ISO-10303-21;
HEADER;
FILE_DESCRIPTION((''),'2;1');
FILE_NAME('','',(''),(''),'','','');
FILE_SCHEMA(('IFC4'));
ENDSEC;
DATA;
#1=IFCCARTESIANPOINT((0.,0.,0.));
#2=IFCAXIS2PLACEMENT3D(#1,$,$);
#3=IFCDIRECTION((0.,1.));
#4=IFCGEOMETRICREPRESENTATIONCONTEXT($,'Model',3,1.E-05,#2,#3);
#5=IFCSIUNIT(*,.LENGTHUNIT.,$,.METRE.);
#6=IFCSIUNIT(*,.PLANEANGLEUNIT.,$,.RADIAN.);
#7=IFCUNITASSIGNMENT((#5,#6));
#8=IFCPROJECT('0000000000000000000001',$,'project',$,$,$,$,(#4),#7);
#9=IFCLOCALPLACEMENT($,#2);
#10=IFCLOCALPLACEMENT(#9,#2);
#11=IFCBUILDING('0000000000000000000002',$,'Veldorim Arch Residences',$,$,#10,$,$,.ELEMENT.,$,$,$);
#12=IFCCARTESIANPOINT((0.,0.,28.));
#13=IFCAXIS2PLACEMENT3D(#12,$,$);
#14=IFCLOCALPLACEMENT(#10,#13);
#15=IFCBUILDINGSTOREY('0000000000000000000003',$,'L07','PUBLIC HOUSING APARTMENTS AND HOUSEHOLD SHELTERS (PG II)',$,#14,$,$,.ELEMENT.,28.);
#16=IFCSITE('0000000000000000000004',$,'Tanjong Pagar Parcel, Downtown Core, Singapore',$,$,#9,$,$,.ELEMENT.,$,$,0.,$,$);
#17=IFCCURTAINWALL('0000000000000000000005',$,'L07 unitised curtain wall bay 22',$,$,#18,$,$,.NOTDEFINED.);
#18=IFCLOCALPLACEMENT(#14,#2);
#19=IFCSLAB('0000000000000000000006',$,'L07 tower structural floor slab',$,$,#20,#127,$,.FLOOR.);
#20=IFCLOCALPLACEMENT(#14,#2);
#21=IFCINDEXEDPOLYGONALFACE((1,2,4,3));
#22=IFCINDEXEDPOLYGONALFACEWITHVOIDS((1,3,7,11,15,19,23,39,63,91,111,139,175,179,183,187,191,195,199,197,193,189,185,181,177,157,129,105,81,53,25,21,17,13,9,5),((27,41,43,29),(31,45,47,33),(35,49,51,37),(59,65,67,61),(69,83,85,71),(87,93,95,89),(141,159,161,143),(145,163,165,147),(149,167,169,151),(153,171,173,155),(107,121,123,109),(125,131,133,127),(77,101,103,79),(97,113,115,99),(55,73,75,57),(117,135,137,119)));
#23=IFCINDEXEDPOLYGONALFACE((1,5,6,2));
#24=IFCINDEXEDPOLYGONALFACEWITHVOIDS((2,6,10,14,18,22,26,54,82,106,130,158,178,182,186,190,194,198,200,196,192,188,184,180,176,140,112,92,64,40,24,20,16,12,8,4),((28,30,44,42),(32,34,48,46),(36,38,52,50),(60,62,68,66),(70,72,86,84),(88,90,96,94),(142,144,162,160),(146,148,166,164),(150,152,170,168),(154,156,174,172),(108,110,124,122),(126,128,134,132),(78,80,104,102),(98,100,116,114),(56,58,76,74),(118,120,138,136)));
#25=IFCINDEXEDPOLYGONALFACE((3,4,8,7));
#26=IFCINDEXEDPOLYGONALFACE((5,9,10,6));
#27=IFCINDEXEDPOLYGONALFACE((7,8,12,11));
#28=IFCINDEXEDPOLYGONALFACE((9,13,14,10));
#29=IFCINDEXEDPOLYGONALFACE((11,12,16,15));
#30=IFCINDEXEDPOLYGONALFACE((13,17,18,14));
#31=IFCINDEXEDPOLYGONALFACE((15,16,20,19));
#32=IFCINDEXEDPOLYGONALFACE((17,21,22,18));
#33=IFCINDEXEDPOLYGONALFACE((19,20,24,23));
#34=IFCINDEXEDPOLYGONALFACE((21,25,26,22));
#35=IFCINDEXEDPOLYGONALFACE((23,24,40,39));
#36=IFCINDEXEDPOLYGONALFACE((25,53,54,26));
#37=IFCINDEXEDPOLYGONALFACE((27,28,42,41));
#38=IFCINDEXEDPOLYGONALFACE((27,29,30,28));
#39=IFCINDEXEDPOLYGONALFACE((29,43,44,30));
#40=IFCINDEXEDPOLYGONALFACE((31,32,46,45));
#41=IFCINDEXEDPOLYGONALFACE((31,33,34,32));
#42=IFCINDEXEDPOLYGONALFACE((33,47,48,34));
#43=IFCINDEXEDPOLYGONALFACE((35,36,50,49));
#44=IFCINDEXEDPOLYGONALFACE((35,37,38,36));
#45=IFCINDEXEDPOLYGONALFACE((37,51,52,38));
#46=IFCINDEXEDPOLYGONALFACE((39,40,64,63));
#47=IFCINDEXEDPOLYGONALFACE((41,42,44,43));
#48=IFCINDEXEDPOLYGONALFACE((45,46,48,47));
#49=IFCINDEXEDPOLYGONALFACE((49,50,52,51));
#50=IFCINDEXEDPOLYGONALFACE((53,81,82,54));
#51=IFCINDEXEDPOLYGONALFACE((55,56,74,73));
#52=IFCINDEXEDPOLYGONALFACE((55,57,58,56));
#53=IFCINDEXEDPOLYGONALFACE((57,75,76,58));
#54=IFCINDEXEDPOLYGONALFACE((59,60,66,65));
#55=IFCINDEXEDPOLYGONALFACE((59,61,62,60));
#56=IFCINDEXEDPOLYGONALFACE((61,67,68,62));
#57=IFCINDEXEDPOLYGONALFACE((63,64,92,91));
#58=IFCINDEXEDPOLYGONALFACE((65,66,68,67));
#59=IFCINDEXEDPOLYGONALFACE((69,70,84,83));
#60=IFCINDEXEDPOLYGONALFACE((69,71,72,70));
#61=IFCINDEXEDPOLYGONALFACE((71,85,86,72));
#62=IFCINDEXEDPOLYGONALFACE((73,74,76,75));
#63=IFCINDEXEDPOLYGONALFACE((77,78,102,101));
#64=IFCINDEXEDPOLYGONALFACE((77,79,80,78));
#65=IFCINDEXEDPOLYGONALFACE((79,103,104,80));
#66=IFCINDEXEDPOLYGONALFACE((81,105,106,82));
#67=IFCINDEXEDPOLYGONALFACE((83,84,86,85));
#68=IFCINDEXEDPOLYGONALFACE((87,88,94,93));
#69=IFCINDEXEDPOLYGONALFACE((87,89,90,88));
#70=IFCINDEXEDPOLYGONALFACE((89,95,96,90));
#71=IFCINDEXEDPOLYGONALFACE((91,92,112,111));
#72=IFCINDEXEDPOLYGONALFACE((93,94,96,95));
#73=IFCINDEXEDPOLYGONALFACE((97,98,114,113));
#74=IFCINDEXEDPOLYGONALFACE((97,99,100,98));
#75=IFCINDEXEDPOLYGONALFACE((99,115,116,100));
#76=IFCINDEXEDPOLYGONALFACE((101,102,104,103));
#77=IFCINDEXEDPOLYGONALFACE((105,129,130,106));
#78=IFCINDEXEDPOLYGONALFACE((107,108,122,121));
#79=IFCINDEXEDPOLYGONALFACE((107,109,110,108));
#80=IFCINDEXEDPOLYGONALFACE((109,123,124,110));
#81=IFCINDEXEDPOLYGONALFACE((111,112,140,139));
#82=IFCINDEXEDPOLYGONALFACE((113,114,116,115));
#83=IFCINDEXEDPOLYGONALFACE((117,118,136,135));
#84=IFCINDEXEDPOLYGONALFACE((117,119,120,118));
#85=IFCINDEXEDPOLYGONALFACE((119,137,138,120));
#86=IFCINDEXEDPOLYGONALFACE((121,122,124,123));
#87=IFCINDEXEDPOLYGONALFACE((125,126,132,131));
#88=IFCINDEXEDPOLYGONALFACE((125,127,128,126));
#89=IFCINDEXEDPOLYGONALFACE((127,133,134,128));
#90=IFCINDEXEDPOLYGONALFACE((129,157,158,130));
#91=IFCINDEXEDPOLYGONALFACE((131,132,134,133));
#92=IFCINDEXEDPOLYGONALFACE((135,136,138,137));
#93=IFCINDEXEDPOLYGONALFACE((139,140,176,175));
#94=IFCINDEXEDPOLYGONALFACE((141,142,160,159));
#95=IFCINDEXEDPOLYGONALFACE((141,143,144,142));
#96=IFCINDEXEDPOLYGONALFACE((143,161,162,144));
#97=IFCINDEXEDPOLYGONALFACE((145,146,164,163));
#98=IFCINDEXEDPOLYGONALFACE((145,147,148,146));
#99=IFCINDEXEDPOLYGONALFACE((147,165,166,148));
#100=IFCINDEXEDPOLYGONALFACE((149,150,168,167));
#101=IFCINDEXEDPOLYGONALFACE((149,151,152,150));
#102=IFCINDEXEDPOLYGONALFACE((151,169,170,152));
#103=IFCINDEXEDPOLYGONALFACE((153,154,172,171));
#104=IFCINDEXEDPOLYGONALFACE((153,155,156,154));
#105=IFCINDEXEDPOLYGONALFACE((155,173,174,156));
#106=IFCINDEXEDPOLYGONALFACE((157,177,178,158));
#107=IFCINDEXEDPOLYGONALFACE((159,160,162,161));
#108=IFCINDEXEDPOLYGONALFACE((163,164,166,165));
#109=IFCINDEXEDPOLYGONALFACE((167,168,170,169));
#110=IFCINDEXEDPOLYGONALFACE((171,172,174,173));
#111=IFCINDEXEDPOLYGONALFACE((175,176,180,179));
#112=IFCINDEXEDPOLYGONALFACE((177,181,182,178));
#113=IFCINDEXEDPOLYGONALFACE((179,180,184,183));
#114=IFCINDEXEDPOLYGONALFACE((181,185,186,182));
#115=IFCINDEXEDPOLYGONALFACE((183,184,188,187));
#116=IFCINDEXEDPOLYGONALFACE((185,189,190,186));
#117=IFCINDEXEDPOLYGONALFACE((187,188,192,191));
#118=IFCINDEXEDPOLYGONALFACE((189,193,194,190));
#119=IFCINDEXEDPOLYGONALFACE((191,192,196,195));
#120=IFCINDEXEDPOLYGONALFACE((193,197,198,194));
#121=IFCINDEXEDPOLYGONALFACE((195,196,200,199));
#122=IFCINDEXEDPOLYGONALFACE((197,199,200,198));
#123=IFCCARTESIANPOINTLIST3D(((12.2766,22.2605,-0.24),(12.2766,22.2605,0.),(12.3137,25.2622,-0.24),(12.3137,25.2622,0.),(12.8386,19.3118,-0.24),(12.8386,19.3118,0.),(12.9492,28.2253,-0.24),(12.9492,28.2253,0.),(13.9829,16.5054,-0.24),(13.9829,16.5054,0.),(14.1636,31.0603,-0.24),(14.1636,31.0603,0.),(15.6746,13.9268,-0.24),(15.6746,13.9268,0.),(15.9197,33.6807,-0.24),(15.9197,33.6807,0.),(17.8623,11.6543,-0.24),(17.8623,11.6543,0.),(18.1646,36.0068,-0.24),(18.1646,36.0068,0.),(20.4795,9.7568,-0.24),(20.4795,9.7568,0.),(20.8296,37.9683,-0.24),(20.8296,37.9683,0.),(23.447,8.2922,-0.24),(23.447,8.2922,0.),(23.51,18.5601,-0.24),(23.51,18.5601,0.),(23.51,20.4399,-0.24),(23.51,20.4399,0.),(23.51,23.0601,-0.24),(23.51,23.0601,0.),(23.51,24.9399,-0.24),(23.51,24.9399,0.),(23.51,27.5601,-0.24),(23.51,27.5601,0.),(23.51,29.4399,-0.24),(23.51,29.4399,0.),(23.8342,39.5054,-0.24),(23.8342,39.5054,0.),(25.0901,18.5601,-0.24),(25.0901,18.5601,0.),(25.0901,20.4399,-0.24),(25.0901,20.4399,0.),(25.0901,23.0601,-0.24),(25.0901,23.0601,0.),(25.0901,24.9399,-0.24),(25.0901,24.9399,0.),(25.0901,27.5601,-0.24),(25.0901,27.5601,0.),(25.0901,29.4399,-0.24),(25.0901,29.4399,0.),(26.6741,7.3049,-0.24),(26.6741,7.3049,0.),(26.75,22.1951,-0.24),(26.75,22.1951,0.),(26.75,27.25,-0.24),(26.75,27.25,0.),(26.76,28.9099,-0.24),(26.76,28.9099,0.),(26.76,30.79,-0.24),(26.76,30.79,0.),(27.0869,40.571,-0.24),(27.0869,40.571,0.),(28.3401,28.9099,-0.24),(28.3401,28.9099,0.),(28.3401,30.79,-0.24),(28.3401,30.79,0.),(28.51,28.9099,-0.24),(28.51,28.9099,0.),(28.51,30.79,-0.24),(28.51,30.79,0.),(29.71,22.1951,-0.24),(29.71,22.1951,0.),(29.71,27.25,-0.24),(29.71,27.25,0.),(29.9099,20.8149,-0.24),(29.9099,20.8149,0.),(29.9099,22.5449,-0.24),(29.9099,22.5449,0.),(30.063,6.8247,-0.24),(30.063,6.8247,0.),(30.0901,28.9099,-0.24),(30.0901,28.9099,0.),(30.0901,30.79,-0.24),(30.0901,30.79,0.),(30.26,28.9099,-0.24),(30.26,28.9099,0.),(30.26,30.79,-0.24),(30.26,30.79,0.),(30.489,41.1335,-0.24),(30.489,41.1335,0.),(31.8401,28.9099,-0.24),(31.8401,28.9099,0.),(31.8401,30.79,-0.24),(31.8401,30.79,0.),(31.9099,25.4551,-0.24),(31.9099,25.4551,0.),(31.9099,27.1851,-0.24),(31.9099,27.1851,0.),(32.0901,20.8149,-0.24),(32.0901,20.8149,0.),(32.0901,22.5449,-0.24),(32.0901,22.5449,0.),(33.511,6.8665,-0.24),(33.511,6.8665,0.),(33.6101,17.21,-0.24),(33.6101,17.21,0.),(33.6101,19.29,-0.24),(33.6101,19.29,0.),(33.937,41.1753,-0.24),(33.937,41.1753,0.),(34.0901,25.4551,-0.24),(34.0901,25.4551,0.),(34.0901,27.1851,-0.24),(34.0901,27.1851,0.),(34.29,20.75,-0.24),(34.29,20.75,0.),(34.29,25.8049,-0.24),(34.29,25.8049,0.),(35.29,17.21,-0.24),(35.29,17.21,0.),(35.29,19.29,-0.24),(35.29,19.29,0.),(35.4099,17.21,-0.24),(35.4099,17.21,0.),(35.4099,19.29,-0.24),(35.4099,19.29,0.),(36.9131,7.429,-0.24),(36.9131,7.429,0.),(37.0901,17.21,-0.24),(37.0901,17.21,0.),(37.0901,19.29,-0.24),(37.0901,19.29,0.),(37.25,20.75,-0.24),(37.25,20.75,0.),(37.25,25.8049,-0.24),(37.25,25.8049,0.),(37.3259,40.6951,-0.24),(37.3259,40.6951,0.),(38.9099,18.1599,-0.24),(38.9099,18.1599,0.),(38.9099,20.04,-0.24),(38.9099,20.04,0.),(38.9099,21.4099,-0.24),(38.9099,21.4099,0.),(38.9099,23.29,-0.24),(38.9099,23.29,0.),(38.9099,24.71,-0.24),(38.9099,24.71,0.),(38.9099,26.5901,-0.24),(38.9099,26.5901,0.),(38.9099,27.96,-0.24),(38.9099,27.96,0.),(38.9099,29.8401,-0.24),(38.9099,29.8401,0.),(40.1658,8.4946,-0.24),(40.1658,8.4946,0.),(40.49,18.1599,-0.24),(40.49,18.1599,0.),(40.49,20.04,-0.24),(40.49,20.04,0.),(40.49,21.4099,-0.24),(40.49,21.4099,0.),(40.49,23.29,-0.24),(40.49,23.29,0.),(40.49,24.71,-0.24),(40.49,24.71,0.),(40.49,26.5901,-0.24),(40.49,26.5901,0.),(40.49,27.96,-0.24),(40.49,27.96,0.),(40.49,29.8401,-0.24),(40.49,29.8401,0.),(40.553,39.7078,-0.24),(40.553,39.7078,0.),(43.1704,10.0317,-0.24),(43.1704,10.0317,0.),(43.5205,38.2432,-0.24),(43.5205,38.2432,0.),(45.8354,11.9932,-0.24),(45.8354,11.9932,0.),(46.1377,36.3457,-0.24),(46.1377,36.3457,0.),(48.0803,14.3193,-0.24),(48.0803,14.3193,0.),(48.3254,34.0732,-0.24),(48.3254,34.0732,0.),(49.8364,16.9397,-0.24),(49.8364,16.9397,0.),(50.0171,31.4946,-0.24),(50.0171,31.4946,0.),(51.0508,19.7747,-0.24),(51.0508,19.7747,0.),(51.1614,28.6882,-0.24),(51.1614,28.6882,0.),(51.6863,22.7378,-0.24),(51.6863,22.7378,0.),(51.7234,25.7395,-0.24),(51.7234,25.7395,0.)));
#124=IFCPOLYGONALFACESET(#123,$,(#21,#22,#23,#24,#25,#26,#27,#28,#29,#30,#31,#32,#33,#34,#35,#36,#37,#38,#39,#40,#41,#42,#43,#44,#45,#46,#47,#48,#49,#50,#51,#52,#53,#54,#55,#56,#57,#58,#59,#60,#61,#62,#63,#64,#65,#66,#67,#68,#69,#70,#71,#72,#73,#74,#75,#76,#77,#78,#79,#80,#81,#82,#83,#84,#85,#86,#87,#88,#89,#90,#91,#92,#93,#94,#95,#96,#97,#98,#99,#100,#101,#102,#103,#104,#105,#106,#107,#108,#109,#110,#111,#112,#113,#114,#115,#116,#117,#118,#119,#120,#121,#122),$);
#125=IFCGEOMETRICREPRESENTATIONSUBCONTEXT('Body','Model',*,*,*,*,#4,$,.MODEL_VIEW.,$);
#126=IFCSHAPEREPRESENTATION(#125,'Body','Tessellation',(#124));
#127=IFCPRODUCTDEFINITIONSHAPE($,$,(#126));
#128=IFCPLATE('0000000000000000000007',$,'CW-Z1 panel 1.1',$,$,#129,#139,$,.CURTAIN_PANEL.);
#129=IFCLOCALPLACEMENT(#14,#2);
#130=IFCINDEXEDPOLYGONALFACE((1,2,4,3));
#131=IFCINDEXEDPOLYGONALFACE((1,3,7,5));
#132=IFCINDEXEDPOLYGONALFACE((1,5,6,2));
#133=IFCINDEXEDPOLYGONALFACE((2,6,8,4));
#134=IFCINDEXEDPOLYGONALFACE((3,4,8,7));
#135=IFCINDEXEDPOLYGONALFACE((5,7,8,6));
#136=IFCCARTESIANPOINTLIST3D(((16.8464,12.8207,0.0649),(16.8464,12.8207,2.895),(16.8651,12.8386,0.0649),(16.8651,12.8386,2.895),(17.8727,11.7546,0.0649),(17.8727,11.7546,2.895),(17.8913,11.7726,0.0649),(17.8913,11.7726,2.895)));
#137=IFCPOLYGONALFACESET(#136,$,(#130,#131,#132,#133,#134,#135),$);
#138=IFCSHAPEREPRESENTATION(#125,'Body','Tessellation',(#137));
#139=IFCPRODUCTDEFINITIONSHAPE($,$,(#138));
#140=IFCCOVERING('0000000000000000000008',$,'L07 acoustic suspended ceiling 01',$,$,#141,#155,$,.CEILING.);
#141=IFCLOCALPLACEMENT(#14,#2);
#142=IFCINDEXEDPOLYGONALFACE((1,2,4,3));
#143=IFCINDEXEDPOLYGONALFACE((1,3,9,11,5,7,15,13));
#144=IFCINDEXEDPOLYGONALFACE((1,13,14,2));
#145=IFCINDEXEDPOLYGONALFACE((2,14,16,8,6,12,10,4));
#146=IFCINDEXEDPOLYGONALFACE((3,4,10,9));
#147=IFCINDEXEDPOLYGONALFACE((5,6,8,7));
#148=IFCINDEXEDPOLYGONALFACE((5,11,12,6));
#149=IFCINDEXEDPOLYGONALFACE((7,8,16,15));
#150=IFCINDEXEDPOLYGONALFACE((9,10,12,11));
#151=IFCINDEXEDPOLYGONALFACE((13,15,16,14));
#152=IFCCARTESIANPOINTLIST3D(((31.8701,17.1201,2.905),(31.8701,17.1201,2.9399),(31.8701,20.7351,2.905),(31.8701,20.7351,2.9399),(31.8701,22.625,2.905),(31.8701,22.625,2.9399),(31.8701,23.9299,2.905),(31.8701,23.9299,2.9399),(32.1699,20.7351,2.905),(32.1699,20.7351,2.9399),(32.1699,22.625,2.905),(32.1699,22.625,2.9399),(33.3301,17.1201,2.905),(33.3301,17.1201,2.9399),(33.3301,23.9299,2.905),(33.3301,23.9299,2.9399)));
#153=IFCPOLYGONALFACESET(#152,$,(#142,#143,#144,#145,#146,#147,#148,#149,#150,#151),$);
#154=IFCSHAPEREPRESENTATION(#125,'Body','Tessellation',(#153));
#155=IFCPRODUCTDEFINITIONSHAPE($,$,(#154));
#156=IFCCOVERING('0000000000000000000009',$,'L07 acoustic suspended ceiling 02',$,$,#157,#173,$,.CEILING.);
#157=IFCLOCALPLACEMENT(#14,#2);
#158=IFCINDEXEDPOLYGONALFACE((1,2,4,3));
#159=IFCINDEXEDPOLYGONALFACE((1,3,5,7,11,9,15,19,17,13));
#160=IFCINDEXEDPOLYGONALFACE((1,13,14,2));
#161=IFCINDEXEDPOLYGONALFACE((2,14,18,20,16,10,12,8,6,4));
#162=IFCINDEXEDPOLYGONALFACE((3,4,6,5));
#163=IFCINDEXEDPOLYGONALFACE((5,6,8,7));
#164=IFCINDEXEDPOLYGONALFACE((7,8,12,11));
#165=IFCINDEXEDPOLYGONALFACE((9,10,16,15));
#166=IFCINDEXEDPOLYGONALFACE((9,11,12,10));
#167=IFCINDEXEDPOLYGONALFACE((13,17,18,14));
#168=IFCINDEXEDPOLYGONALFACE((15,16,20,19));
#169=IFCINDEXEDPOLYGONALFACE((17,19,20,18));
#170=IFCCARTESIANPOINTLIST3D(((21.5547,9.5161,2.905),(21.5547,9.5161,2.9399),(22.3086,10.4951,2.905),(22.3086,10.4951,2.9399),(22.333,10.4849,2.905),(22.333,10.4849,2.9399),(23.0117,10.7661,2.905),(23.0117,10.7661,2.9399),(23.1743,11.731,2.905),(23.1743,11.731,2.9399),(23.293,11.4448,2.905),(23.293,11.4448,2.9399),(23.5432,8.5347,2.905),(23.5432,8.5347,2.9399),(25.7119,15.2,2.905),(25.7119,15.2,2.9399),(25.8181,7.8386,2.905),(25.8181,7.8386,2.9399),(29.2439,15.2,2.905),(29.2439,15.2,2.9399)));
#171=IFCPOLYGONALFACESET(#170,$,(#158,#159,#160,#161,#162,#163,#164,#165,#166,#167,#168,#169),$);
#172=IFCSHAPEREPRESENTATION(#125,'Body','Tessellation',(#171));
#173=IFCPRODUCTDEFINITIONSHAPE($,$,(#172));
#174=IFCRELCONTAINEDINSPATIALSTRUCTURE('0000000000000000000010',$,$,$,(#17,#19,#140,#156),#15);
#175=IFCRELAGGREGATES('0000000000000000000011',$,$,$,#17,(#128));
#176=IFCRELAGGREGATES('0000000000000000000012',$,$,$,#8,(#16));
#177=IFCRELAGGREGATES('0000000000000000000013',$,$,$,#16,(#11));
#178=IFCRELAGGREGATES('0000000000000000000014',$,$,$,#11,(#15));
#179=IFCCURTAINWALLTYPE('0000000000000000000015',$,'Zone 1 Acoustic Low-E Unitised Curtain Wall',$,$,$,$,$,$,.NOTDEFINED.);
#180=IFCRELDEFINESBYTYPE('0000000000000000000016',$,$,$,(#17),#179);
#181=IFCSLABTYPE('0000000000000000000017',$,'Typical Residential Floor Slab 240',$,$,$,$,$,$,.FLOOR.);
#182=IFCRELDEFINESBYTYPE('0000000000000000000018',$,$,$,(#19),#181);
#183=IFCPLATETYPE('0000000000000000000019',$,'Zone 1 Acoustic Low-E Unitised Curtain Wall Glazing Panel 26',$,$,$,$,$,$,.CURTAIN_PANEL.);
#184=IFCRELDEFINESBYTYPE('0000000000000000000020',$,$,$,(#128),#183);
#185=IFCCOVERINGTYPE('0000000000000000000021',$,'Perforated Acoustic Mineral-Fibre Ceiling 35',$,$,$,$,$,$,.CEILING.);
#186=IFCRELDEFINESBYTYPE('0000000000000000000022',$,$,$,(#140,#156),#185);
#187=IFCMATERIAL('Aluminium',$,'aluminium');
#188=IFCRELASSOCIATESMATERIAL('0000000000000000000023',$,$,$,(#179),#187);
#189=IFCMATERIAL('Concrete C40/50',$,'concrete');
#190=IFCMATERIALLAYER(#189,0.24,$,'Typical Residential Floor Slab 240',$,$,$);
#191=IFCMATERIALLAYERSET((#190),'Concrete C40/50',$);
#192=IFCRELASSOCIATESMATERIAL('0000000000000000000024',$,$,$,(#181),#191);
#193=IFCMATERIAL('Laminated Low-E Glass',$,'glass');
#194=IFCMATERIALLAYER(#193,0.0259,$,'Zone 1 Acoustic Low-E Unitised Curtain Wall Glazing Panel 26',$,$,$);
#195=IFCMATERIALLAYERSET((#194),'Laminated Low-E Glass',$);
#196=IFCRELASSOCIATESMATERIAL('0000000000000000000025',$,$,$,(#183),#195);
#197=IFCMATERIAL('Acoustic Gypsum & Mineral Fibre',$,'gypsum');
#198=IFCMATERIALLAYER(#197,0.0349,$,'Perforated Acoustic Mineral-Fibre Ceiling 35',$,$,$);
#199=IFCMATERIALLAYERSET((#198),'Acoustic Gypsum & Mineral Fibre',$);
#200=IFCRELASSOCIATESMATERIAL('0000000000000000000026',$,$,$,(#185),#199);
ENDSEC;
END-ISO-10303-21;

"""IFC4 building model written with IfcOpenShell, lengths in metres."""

from ifc_helpers import new_model, si_unit, direction, frame, origin, origin_2d, place, context, subcontext, project, spatial, polyline, rectangle, outline, extrude, material, layer, layer_set, type_object, element, aggregate, save


model = new_model("IFC4")

# Units and contexts
model_context = context("Model", 3, precision=1e-05, world=origin(), true_north=direction((0.0, 1.0)))
body_context = subcontext(model_context, "Body", "Model", "MODEL_VIEW")
ifc_project = project(units=[si_unit("LENGTHUNIT", "METRE"), si_unit("PLANEANGLEUNIT", "RADIAN")], contexts=[model_context])

# Site, building, storey
site_placement = place(None, origin())
site = spatial("IfcSite", under=ifc_project, at=site_placement, Name="Tanjong Pagar Parcel, Downtown Core, Singapore", CompositionType="ELEMENT", RefElevation=0.0)
building_placement = place(site_placement, origin())
building = spatial("IfcBuilding", under=site, at=building_placement, Name="Veldorim Arch Residences", CompositionType="ELEMENT")
storey_placement = place(building_placement, frame((0.0, 0.0, 28.0)))
storey = spatial("IfcBuildingStorey", under=building, at=storey_placement, Name="L07", Description="PUBLIC HOUSING APARTMENTS AND HOUSEHOLD SHELTERS (PG II)", CompositionType="ELEMENT", Elevation=28.0)

# Curtain wall
ifc_material_1 = material(Name="Aluminium", Category="aluminium")
curtain_wall_type = type_object("IfcCurtainWallType", Name="Zone 1 Acoustic Low-E Unitised Curtain Wall", PredefinedType="NOTDEFINED", material=ifc_material_1)
curtain_wall_placement = place(storey_placement, origin())
curtain_wall = element("IfcCurtainWall", 1, at=curtain_wall_placement, inside=storey, type_object=curtain_wall_type, Name="L07 unitised curtain wall bay 22", PredefinedType="NOTDEFINED")

# Slab
ifc_material_2 = material(Name="Concrete C40/50", Category="concrete")
ifc_layer_1 = layer(ifc_material_2, 0.24, Name="Typical Residential Floor Slab 240")
ifc_layer_set_1 = layer_set([ifc_layer_1], Name="Concrete C40/50")
slab_type_1 = type_object("IfcSlabType", Name="Typical Residential Floor Slab 240", PredefinedType="FLOOR", material=ifc_layer_set_1)
slab_1_placement = place(storey_placement, frame((0.0, 0.0, -0.24)))
element("IfcSlab", 2, at=slab_1_placement, inside=storey, type_object=slab_type_1, Name="L07 tower structural floor slab", PredefinedType="FLOOR", context=body_context, shape_type="SweptSolid", body=[
    extrude(outline(polyline([(51.7234, 25.7395), (51.1614, 28.6882), (50.0171, 31.4946), (48.3254, 34.0732), (46.1377, 36.3457), (43.5205, 38.2432), (40.553, 39.7078), (37.3259, 40.6951), (33.937, 41.1753), (30.489, 41.1335), (27.0869, 40.571), (23.8342, 39.5054), (20.8296, 37.9683), (18.1646, 36.0068), (15.9197, 33.6807), (14.1636, 31.0603), (12.9492, 28.2253), (12.3137, 25.2622), (12.2766, 22.2605), (12.8386, 19.3118), (13.9829, 16.5054), (15.6746, 13.9268), (17.8623, 11.6543), (20.4795, 9.7568), (23.447, 8.2922), (26.6741, 7.3049), (30.063, 6.8247), (33.511, 6.8665), (36.9131, 7.429), (40.1658, 8.4946), (43.1704, 10.0317), (45.8354, 11.9932), (48.0803, 14.3193), (49.8364, 16.9397), (51.0508, 19.7747), (51.6863, 22.7378), (51.7234, 25.7395)]), holes=[polyline([(23.51, 20.4399), (25.0901, 20.4399), (25.0901, 18.5601), (23.51, 18.5601), (23.51, 20.4399)]), polyline([(29.9099, 22.5449), (32.0901, 22.5449), (32.0901, 20.8149), (29.9099, 20.8149), (29.9099, 22.5449)]), polyline([(23.51, 24.9399), (25.0901, 24.9399), (25.0901, 23.0601), (23.51, 23.0601), (23.51, 24.9399)]), polyline([(26.75, 27.25), (29.71, 27.25), (29.71, 22.1951), (26.75, 22.1951), (26.75, 27.25)]), polyline([(23.51, 29.4399), (25.0901, 29.4399), (25.0901, 27.5601), (23.51, 27.5601), (23.51, 29.4399)]), polyline([(26.76, 30.79), (28.3401, 30.79), (28.3401, 28.9099), (26.76, 28.9099), (26.76, 30.79)]), polyline([(28.51, 30.79), (30.0901, 30.79), (30.0901, 28.9099), (28.51, 28.9099), (28.51, 30.79)]), polyline([(30.26, 30.79), (31.8401, 30.79), (31.8401, 28.9099), (30.26, 28.9099), (30.26, 30.79)]), polyline([(33.6101, 19.29), (35.29, 19.29), (35.29, 17.21), (33.6101, 17.21), (33.6101, 19.29)]), polyline([(35.4099, 19.29), (37.0901, 19.29), (37.0901, 17.21), (35.4099, 17.21), (35.4099, 19.29)]), polyline([(38.9099, 20.04), (40.49, 20.04), (40.49, 18.1599), (38.9099, 18.1599), (38.9099, 20.04)]), polyline([(38.9099, 23.29), (40.49, 23.29), (40.49, 21.4099), (38.9099, 21.4099), (38.9099, 23.29)]), polyline([(34.29, 25.8049), (37.25, 25.8049), (37.25, 20.75), (34.29, 20.75), (34.29, 25.8049)]), polyline([(38.9099, 26.5901), (40.49, 26.5901), (40.49, 24.71), (38.9099, 24.71), (38.9099, 26.5901)]), polyline([(31.9099, 27.1851), (34.0901, 27.1851), (34.0901, 25.4551), (31.9099, 25.4551), (31.9099, 27.1851)]), polyline([(38.9099, 29.8401), (40.49, 29.8401), (40.49, 27.96), (38.9099, 27.96), (38.9099, 29.8401)])]), origin(), (0.0, 0.0, 1.0), 0.24),
])

# Plate
ifc_material_3 = material(Name="Laminated Low-E Glass", Category="glass")
ifc_layer_2 = layer(ifc_material_3, 0.0259, Name="Zone 1 Acoustic Low-E Unitised Curtain Wall Glazing Panel 26")
ifc_layer_set_2 = layer_set([ifc_layer_2], Name="Laminated Low-E Glass")
plate_type = type_object("IfcPlateType", Name="Zone 1 Acoustic Low-E Unitised Curtain Wall Glazing Panel 26", PredefinedType="CURTAIN_PANEL", material=ifc_layer_set_2)
plate_placement = place(storey_placement, frame((17.3689, 12.2966, 0.0649), z_axis=(0.0, 0.0, 1.0), x_axis=(-0.693538, 0.720421, 0.0)))
plate = element("IfcPlate", 3, at=plate_placement, type_object=plate_type, Name="CW-Z1 panel 1.1", PredefinedType="CURTAIN_PANEL", context=body_context, shape_type="SweptSolid", body=[
    extrude(rectangle(XDim=1.4797, YDim=0.0259, at=origin_2d()), origin(), (0.0, 0.0, 1.0), 2.8301),
])
aggregate(curtain_wall, [plate])

# Coverings
ifc_material_4 = material(Name="Acoustic Gypsum & Mineral Fibre", Category="gypsum")
ifc_layer_3 = layer(ifc_material_4, 0.0349, Name="Perforated Acoustic Mineral-Fibre Ceiling 35")
ifc_layer_set_3 = layer_set([ifc_layer_3], Name="Acoustic Gypsum & Mineral Fibre")
covering_type_1 = type_object("IfcCoveringType", Name="Perforated Acoustic Mineral-Fibre Ceiling 35", PredefinedType="CEILING", material=ifc_layer_set_3)
covering_1_placement = place(storey_placement, frame((0.0, 0.0, 2.905)))
element("IfcCovering", 4, at=covering_1_placement, inside=storey, type_object=covering_type_1, Name="L07 acoustic suspended ceiling 01", PredefinedType="CEILING", context=body_context, shape_type="SweptSolid", body=[
    extrude(outline(polyline([(33.3301, 23.9299), (33.3301, 17.1201), (31.8701, 17.1201), (31.8701, 20.7351), (32.1699, 20.7351), (32.1699, 22.625), (31.8701, 22.625), (31.8701, 23.9299), (33.3301, 23.9299)])), origin(), (0.0, 0.0, 1.0), 0.0349),
])
covering_2_placement = place(storey_placement, frame((0.0, 0.0, 2.905)))
element("IfcCovering", 5, at=covering_2_placement, inside=storey, type_object=covering_type_1, Name="L07 acoustic suspended ceiling 02", PredefinedType="CEILING", context=body_context, shape_type="SweptSolid", body=[
    extrude(outline(polyline([(22.3086, 10.4951), (22.333, 10.4849), (23.0117, 10.7661), (23.293, 11.4448), (23.1743, 11.731), (25.7119, 15.2), (29.2439, 15.2), (25.8181, 7.8386), (23.5432, 8.5347), (21.5547, 9.5161), (22.3086, 10.4951)])), origin(), (0.0, 0.0, 1.0), 0.0349),
])

save(model, "model.ifc")
